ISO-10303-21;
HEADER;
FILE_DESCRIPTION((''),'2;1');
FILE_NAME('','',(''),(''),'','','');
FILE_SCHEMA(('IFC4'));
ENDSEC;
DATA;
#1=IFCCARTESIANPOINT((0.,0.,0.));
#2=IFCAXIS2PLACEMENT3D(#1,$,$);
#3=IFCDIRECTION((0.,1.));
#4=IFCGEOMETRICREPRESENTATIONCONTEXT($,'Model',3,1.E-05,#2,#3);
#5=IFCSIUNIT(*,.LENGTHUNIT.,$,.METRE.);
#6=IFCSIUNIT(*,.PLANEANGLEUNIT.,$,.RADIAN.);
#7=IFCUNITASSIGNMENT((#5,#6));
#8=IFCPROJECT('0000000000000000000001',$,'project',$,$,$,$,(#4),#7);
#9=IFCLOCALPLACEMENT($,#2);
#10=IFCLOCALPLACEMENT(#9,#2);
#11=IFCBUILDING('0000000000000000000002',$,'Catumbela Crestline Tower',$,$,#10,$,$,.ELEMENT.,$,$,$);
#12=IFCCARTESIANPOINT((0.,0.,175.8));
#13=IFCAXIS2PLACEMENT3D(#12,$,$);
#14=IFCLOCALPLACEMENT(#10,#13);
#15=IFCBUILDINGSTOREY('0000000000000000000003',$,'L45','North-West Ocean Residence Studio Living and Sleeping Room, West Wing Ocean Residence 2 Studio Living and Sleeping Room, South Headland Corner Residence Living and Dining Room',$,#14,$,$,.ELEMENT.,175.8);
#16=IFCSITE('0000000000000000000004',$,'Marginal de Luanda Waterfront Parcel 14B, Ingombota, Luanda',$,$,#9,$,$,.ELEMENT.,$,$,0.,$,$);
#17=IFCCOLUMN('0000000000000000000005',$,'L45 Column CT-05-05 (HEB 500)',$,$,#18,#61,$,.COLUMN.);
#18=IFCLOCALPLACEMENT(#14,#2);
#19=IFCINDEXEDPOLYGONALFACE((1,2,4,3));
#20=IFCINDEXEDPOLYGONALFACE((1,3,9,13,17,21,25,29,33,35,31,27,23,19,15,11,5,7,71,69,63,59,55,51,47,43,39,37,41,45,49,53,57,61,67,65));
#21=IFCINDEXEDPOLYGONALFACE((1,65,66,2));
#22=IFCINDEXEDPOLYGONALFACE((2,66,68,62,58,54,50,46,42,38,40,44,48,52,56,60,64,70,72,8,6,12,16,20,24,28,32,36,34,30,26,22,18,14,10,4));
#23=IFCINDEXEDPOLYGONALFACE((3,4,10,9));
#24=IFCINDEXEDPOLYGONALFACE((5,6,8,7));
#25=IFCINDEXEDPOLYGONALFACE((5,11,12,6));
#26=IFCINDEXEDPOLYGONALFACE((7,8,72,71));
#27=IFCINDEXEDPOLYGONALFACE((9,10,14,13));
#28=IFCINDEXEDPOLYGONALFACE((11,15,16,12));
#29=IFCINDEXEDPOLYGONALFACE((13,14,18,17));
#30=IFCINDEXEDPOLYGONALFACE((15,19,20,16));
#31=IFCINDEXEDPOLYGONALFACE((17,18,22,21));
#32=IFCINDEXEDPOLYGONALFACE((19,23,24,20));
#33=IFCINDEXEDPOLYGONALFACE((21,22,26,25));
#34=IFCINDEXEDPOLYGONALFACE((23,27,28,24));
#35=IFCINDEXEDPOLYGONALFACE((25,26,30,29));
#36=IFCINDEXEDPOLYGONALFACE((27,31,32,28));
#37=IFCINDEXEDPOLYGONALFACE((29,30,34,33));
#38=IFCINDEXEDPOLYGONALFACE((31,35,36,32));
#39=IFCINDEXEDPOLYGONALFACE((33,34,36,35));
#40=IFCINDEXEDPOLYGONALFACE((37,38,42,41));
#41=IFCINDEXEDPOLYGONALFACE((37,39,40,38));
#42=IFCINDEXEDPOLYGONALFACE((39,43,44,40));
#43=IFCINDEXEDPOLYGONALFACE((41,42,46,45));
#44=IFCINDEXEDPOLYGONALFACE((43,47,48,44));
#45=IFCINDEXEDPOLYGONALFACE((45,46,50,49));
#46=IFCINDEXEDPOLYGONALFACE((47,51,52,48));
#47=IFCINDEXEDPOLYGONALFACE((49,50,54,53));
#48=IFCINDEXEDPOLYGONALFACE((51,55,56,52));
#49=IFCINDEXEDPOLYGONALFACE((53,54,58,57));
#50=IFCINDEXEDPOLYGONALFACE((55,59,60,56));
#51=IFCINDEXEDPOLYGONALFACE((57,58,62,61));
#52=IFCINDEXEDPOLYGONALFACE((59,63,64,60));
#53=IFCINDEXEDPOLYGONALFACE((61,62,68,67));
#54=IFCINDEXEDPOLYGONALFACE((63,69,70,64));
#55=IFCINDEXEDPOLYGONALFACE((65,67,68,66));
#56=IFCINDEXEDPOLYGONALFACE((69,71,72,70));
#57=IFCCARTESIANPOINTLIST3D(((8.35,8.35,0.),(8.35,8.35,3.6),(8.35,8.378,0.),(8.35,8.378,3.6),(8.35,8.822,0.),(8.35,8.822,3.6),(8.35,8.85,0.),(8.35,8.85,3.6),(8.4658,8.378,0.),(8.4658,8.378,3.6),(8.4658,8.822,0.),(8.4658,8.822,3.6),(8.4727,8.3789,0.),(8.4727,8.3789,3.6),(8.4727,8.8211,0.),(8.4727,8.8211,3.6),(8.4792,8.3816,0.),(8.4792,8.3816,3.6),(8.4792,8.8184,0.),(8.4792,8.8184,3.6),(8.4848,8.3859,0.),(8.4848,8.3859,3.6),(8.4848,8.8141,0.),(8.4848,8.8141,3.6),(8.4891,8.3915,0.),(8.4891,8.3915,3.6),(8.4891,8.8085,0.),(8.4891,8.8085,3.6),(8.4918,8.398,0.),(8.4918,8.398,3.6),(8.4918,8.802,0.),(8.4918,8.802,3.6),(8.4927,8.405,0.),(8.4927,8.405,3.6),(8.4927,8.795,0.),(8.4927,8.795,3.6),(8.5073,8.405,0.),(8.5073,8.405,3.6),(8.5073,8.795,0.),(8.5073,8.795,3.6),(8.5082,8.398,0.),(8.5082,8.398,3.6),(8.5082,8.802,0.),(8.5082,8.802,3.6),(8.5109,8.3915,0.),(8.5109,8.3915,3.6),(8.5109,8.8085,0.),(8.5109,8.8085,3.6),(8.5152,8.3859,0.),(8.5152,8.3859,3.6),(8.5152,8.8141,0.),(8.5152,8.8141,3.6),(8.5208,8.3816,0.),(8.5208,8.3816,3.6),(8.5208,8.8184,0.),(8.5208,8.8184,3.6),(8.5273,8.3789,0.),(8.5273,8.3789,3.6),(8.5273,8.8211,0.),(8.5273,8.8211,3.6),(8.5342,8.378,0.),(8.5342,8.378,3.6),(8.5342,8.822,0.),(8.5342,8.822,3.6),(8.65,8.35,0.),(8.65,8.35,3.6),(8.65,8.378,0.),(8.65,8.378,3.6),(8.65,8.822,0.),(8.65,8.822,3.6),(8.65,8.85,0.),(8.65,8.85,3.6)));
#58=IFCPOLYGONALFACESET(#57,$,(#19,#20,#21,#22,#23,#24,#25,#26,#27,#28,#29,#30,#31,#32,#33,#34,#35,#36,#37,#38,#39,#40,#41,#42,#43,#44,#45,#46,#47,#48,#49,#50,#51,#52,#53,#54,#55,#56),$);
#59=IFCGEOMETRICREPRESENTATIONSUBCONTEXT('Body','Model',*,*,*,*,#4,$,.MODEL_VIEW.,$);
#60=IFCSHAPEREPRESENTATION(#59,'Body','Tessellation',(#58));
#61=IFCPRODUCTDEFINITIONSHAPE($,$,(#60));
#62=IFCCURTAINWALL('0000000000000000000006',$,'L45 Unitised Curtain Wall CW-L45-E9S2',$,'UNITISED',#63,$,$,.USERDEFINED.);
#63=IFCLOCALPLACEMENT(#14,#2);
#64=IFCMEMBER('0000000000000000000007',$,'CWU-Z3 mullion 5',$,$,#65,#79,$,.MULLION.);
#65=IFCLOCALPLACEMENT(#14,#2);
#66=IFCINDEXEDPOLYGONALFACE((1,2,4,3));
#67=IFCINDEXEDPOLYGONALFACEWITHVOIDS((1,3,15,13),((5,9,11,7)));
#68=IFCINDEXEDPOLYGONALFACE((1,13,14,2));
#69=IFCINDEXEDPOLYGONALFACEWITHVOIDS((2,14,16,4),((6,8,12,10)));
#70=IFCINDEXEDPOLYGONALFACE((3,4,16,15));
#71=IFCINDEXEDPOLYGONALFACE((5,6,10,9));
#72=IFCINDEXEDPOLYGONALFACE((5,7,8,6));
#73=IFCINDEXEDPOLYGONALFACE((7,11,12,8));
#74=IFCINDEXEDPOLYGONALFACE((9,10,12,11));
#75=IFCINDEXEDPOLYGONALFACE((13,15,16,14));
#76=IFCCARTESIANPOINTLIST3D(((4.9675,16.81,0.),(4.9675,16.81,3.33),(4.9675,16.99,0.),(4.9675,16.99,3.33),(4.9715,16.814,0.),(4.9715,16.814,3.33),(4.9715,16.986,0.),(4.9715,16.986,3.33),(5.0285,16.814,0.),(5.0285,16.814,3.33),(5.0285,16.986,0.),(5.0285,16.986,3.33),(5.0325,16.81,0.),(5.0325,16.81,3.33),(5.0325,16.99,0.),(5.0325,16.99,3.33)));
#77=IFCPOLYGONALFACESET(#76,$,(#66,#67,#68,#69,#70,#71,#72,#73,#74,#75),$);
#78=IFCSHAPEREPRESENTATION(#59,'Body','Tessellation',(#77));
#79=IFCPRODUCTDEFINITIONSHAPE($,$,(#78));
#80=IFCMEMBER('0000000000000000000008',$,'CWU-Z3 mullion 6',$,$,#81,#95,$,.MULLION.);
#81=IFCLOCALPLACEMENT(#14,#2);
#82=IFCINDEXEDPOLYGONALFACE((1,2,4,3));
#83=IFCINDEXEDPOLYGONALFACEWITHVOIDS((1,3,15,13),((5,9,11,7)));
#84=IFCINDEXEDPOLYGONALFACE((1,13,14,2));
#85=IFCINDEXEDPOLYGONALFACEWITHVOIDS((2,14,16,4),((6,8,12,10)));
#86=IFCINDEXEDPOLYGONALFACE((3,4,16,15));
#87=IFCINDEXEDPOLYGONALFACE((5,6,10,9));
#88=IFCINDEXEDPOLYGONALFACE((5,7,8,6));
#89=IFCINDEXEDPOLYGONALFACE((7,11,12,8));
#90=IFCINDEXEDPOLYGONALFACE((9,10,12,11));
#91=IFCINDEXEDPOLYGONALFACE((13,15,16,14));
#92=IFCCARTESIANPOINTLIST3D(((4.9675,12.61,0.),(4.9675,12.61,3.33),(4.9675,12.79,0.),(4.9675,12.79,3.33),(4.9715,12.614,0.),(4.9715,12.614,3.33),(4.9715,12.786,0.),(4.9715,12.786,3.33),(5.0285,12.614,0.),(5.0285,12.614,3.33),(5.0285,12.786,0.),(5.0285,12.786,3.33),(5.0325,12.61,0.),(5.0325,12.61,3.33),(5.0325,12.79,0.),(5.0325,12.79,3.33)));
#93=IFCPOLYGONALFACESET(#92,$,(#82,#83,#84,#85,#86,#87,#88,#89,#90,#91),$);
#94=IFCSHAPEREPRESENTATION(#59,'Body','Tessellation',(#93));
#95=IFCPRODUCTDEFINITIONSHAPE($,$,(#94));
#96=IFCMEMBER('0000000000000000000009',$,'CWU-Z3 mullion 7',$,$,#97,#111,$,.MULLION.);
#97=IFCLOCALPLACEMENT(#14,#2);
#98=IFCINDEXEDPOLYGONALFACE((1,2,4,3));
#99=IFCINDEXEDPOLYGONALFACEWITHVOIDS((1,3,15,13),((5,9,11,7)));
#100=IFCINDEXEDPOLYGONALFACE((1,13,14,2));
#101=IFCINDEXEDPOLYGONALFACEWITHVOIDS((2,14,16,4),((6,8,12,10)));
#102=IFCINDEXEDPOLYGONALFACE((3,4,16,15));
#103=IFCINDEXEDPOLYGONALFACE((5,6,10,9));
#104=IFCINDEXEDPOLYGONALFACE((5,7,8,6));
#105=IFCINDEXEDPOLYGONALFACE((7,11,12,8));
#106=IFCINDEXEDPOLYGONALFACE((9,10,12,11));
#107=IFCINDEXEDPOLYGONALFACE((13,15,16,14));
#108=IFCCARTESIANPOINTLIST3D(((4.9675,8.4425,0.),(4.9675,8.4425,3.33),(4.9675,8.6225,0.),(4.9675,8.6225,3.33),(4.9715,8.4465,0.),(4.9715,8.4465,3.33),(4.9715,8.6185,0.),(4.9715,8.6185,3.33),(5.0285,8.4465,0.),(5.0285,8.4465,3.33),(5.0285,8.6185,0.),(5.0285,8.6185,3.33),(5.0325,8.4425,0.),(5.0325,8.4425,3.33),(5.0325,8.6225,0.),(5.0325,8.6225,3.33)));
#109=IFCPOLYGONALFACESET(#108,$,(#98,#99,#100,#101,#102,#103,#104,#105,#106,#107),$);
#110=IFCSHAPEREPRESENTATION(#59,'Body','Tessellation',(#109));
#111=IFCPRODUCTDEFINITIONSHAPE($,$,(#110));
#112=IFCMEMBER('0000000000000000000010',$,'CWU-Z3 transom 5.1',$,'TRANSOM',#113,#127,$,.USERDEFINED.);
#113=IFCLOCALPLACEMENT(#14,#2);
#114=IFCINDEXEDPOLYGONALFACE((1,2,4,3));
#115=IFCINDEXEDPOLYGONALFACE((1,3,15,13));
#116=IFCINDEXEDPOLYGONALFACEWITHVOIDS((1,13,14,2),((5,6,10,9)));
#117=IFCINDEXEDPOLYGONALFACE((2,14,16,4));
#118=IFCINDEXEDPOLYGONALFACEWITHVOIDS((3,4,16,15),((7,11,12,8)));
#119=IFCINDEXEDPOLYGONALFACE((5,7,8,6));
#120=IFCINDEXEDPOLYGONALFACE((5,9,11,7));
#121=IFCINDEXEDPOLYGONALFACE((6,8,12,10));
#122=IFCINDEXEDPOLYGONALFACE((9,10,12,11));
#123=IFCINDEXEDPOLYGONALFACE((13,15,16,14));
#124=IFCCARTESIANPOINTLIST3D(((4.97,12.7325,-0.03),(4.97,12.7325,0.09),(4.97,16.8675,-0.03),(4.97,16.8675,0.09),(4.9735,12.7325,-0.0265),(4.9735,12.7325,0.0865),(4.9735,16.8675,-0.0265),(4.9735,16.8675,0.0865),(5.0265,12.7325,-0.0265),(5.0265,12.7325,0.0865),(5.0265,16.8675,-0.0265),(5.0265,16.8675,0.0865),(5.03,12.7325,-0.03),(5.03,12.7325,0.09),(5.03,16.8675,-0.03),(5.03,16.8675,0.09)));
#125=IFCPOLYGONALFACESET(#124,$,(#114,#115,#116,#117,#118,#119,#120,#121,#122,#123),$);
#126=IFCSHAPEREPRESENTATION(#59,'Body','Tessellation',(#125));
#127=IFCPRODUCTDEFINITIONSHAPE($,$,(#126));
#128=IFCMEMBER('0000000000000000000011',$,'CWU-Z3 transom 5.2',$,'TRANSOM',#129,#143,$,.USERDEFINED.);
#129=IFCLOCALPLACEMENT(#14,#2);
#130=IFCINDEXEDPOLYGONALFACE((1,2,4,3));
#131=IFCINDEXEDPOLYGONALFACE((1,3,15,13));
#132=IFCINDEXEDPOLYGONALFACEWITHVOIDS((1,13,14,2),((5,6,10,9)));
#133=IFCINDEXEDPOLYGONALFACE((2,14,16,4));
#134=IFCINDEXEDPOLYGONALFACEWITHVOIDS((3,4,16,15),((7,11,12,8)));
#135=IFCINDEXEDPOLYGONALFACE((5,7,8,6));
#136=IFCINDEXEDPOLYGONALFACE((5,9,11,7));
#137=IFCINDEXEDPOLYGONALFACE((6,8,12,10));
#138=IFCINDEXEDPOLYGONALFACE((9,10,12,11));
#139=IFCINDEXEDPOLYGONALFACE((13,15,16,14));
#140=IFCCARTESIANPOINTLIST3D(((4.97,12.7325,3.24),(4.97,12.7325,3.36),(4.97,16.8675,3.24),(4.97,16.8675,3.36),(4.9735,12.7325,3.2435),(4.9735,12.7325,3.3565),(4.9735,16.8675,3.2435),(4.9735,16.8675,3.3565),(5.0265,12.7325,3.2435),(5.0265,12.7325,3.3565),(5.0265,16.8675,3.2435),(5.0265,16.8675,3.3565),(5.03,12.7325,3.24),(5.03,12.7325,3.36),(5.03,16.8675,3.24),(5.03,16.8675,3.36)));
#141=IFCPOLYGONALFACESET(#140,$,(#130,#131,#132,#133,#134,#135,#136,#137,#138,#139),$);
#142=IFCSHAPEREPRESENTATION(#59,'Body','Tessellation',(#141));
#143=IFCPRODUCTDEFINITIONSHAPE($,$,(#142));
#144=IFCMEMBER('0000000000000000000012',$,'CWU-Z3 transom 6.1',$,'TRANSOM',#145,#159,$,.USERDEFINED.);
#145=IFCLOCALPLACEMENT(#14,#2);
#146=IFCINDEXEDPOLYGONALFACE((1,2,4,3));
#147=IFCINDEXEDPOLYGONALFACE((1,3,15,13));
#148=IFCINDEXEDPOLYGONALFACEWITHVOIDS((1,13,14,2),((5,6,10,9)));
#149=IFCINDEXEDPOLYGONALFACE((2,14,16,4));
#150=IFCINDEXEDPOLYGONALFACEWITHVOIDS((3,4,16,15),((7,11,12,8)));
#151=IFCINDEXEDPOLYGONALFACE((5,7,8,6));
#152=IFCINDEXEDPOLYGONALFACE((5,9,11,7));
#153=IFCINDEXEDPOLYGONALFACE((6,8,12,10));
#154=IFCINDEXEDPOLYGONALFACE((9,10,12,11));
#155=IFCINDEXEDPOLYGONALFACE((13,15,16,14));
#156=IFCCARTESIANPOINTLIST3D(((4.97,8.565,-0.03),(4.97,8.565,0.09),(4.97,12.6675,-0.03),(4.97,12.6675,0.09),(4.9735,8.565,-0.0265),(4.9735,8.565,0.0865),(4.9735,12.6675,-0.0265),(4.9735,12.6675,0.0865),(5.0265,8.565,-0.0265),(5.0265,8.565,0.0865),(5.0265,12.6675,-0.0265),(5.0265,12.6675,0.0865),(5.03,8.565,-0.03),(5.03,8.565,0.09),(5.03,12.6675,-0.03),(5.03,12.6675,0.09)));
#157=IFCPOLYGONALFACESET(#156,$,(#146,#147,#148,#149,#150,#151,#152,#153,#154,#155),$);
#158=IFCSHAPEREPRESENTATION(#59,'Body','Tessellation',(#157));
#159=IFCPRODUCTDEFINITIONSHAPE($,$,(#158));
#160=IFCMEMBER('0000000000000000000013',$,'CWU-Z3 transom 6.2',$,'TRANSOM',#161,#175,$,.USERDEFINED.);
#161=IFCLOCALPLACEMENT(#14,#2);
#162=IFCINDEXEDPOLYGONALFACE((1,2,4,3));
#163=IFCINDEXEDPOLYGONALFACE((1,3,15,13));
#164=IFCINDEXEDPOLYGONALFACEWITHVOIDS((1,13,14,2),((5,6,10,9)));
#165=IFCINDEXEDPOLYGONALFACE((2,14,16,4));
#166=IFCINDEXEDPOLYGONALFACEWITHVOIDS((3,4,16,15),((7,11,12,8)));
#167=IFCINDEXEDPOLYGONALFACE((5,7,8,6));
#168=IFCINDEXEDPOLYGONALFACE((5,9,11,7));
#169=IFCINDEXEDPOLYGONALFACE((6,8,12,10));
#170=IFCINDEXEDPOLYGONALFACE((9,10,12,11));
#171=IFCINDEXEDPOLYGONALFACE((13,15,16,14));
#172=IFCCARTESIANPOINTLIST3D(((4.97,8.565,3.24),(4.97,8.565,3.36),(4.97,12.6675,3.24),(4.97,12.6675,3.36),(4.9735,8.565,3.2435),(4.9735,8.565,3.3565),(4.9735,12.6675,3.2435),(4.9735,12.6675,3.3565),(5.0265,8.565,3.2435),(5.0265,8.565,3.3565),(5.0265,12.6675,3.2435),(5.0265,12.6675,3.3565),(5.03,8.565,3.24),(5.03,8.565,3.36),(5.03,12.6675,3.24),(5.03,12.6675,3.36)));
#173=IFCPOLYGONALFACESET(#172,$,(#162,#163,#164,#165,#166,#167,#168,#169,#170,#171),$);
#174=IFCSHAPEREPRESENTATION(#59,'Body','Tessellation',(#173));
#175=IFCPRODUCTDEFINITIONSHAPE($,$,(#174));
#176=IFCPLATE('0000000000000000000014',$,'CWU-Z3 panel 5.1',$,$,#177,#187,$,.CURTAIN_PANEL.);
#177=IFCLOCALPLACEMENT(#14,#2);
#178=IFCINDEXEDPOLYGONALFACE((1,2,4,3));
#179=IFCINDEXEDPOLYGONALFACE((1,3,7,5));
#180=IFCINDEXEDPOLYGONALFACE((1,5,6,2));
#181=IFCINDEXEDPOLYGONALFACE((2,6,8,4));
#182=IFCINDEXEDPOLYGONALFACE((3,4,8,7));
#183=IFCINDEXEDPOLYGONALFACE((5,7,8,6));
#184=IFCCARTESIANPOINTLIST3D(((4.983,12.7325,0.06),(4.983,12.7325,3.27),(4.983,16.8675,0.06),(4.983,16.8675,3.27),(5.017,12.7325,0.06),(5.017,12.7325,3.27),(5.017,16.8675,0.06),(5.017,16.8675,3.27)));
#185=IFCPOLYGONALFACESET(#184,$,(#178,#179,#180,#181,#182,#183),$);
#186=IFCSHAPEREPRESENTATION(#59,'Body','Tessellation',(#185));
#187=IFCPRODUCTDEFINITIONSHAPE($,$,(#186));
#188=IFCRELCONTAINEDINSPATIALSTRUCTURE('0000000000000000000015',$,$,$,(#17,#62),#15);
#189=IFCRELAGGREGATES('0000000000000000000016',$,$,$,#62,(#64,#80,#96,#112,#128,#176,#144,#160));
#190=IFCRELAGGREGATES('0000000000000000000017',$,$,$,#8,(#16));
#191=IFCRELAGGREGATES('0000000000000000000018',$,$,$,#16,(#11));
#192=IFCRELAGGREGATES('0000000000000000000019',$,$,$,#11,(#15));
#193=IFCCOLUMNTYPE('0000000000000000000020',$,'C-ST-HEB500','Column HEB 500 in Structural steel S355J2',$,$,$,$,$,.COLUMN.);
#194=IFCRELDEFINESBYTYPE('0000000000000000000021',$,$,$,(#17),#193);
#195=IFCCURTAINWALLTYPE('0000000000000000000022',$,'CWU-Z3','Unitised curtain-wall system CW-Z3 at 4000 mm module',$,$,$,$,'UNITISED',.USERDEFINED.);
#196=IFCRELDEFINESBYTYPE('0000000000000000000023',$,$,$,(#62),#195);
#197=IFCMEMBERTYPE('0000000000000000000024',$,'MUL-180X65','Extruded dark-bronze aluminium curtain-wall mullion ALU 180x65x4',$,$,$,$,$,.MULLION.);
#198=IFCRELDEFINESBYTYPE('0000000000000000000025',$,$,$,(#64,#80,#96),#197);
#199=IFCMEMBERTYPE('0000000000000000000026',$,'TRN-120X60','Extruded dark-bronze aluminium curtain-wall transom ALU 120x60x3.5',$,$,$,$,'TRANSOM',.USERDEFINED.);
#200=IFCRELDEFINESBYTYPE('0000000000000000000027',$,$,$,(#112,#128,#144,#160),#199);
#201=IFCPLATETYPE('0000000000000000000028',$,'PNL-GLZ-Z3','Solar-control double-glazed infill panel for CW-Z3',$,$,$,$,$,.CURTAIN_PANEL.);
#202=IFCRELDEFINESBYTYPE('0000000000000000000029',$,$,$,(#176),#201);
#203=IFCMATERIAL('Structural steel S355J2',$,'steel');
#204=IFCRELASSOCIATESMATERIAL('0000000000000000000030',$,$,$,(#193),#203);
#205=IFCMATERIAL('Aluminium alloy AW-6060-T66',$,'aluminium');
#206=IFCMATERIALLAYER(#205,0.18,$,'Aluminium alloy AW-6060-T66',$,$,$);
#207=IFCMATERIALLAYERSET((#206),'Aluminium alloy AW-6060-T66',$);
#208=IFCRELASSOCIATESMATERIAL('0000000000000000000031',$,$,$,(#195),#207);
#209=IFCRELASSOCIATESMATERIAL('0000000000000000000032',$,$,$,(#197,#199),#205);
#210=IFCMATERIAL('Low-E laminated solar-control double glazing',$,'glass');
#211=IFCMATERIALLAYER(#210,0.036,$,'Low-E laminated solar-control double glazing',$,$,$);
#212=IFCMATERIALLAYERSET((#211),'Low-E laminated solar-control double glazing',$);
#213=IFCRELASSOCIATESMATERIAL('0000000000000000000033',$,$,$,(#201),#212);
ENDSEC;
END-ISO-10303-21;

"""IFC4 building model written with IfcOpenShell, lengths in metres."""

from ifc_helpers import new_model, si_unit, direction, frame, origin, origin_2d, place, context, subcontext, project, spatial, rectangle, hollow_rectangle, i_section, extrude, material, layer, layer_set, material_profile, profile_set, type_object, element, aggregate, save


model = new_model("IFC4")

# Units and contexts
model_context = context("Model", 3, precision=1e-05, world=origin(), true_north=direction((0.0, 1.0)))
body_context = subcontext(model_context, "Body", "Model", "MODEL_VIEW")
ifc_project = project(units=[si_unit("LENGTHUNIT", "METRE"), si_unit("PLANEANGLEUNIT", "RADIAN")], contexts=[model_context])

# Site, building, storey
site_placement = place(None, origin())
site = spatial("IfcSite", under=ifc_project, at=site_placement, Name="Marginal de Luanda Waterfront Parcel 14B, Ingombota, Luanda", CompositionType="ELEMENT", RefElevation=0.0)
building_placement = place(site_placement, origin())
building = spatial("IfcBuilding", under=site, at=building_placement, Name="Catumbela Crestline Tower", CompositionType="ELEMENT")
storey_placement = place(building_placement, frame((0.0, 0.0, 175.8)))
storey = spatial("IfcBuildingStorey", under=building, at=storey_placement, Name="L45", Description="North-West Ocean Residence Studio Living and Sleeping Room, West Wing Ocean Residence 2 Studio Living and Sleeping Room, South Headland Corner Residence Living and Dining Room", CompositionType="ELEMENT", Elevation=175.8)

# Column
ifc_material_1 = material(Name="Structural steel S355J2", Category="steel")
ifc_material_profile_1 = material_profile(ifc_material_1, i_section(OverallWidth=0.3, OverallDepth=0.5, WebThickness=0.0145, FlangeThickness=0.028, FilletRadius=0.027, at=origin_2d()), Name="HEB 500")
ifc_profile_set_1 = profile_set([ifc_material_profile_1], Name="Structural steel S355J2")
column_type = type_object("IfcColumnType", Name="C-ST-HEB500", Description="Column HEB 500 in Structural steel S355J2", PredefinedType="COLUMN", material=ifc_profile_set_1)
column_placement = place(storey_placement, frame((8.5, 8.6, 0.0), z_axis=(0.0, 0.0, 1.0), x_axis=(1.0, 0.0, 0.0)))
element("IfcColumn", 1, at=column_placement, inside=storey, type_object=column_type, Name="L45 Column CT-05-05 (HEB 500)", PredefinedType="COLUMN", context=body_context, shape_type="SweptSolid", body=[
    extrude(i_section(OverallWidth=0.3, OverallDepth=0.5, WebThickness=0.0145, FlangeThickness=0.028, FilletRadius=0.027, at=origin_2d()), origin(), (0.0, 0.0, 1.0), 3.6),
])

# Curtain wall, members, plate
ifc_material_2 = material(Name="Aluminium alloy AW-6060-T66", Category="aluminium")
ifc_layer_1 = layer(ifc_material_2, 0.18, Name="Aluminium alloy AW-6060-T66")
ifc_layer_set_1 = layer_set([ifc_layer_1], Name="Aluminium alloy AW-6060-T66")
curtain_wall_type = type_object("IfcCurtainWallType", Name="CWU-Z3", Description="Unitised curtain-wall system CW-Z3 at 4000 mm module", ElementType="UNITISED", PredefinedType="USERDEFINED", material=ifc_layer_set_1)
curtain_wall_placement = place(storey_placement, origin())
curtain_wall = element("IfcCurtainWall", 2, at=curtain_wall_placement, inside=storey, type_object=curtain_wall_type, Name="L45 Unitised Curtain Wall CW-L45-E9S2", ObjectType="UNITISED", PredefinedType="USERDEFINED")
ifc_material_profile_2 = material_profile(ifc_material_2, hollow_rectangle(XDim=0.065, YDim=0.18, WallThickness=0.004, at=origin_2d()), Name="ALU 180x65x4")
ifc_profile_set_2 = profile_set([ifc_material_profile_2], Name="Aluminium alloy AW-6060-T66")
member_type_1 = type_object("IfcMemberType", Name="MUL-180X65", Description="Extruded dark-bronze aluminium curtain-wall mullion ALU 180x65x4", PredefinedType="MULLION", material=ifc_profile_set_2)
member_1_placement = place(storey_placement, frame((5.0, 16.9, 0.0), z_axis=(0.0, 0.0, 1.0), x_axis=(1.0, 0.0, 0.0)))
member_1 = element("IfcMember", 3, at=member_1_placement, type_object=member_type_1, Name="CWU-Z3 mullion 5", PredefinedType="MULLION", context=body_context, shape_type="SweptSolid", body=[
    extrude(hollow_rectangle(XDim=0.065, YDim=0.18, WallThickness=0.004, at=origin_2d()), origin(), (0.0, 0.0, 1.0), 3.33),
])
member_2_placement = place(storey_placement, frame((5.0, 12.7, 0.0), z_axis=(0.0, 0.0, 1.0), x_axis=(1.0, 0.0, 0.0)))
member_2 = element("IfcMember", 4, at=member_2_placement, type_object=member_type_1, Name="CWU-Z3 mullion 6", PredefinedType="MULLION", context=body_context, shape_type="SweptSolid", body=[
    extrude(hollow_rectangle(XDim=0.065, YDim=0.18, WallThickness=0.004, at=origin_2d()), origin(), (0.0, 0.0, 1.0), 3.33),
])
member_3_placement = place(storey_placement, frame((5.0, 8.5325, 0.0), z_axis=(0.0, 0.0, 1.0), x_axis=(1.0, 0.0, 0.0)))
member_3 = element("IfcMember", 5, at=member_3_placement, type_object=member_type_1, Name="CWU-Z3 mullion 7", PredefinedType="MULLION", context=body_context, shape_type="SweptSolid", body=[
    extrude(hollow_rectangle(XDim=0.065, YDim=0.18, WallThickness=0.004, at=origin_2d()), origin(), (0.0, 0.0, 1.0), 3.33),
])
ifc_material_profile_3 = material_profile(ifc_material_2, hollow_rectangle(XDim=0.06, YDim=0.12, WallThickness=0.0035, at=origin_2d()), Name="ALU 120x60x3.5")
ifc_profile_set_3 = profile_set([ifc_material_profile_3], Name="Aluminium alloy AW-6060-T66")
member_type_2 = type_object("IfcMemberType", Name="TRN-120X60", Description="Extruded dark-bronze aluminium curtain-wall transom ALU 120x60x3.5", ElementType="TRANSOM", PredefinedType="USERDEFINED", material=ifc_profile_set_3)
member_4_placement = place(storey_placement, frame((5.0, 16.8675, 0.03), z_axis=(0.0, -1.0, 0.0), x_axis=(1.0, 0.0, 0.0)))
member_4 = element("IfcMember", 6, at=member_4_placement, type_object=member_type_2, Name="CWU-Z3 transom 5.1", ObjectType="TRANSOM", PredefinedType="USERDEFINED", context=body_context, shape_type="SweptSolid", body=[
    extrude(hollow_rectangle(XDim=0.06, YDim=0.12, WallThickness=0.0035, at=origin_2d()), origin(), (0.0, 0.0, 1.0), 4.135),
])
member_5_placement = place(storey_placement, frame((5.0, 16.8675, 3.3), z_axis=(0.0, -1.0, 0.0), x_axis=(1.0, 0.0, 0.0)))
member_5 = element("IfcMember", 7, at=member_5_placement, type_object=member_type_2, Name="CWU-Z3 transom 5.2", ObjectType="TRANSOM", PredefinedType="USERDEFINED", context=body_context, shape_type="SweptSolid", body=[
    extrude(hollow_rectangle(XDim=0.06, YDim=0.12, WallThickness=0.0035, at=origin_2d()), origin(), (0.0, 0.0, 1.0), 4.135),
])
member_6_placement = place(storey_placement, frame((5.0, 12.6675, 0.03), z_axis=(0.0, -1.0, 0.0), x_axis=(1.0, 0.0, 0.0)))
member_6 = element("IfcMember", 8, at=member_6_placement, type_object=member_type_2, Name="CWU-Z3 transom 6.1", ObjectType="TRANSOM", PredefinedType="USERDEFINED", context=body_context, shape_type="SweptSolid", body=[
    extrude(hollow_rectangle(XDim=0.06, YDim=0.12, WallThickness=0.0035, at=origin_2d()), origin(), (0.0, 0.0, 1.0), 4.1025),
])
member_7_placement = place(storey_placement, frame((5.0, 12.6675, 3.3), z_axis=(0.0, -1.0, 0.0), x_axis=(1.0, 0.0, 0.0)))
member_7 = element("IfcMember", 9, at=member_7_placement, type_object=member_type_2, Name="CWU-Z3 transom 6.2", ObjectType="TRANSOM", PredefinedType="USERDEFINED", context=body_context, shape_type="SweptSolid", body=[
    extrude(hollow_rectangle(XDim=0.06, YDim=0.12, WallThickness=0.0035, at=origin_2d()), origin(), (0.0, 0.0, 1.0), 4.1025),
])
ifc_material_3 = material(Name="Low-E laminated solar-control double glazing", Category="glass")
ifc_layer_2 = layer(ifc_material_3, 0.036, Name="Low-E laminated solar-control double glazing")
ifc_layer_set_2 = layer_set([ifc_layer_2], Name="Low-E laminated solar-control double glazing")
plate_type = type_object("IfcPlateType", Name="PNL-GLZ-Z3", Description="Solar-control double-glazed infill panel for CW-Z3", PredefinedType="CURTAIN_PANEL", material=ifc_layer_set_2)
plate_1_placement = place(storey_placement, frame((5.0, 14.8, 0.06), z_axis=(0.0, 0.0, 1.0), x_axis=(0.0, -1.0, 0.0)))
plate_1 = element("IfcPlate", 10, at=plate_1_placement, type_object=plate_type, Name="CWU-Z3 panel 5.1", PredefinedType="CURTAIN_PANEL", context=body_context, shape_type="SweptSolid", body=[
    extrude(rectangle(XDim=4.135, YDim=0.034, at=origin_2d()), origin(), (0.0, 0.0, 1.0), 3.21),
])
aggregate(curtain_wall, [member_1, member_2, member_3, member_4, member_5, plate_1, member_6, member_7])

save(model, "model.ifc")
